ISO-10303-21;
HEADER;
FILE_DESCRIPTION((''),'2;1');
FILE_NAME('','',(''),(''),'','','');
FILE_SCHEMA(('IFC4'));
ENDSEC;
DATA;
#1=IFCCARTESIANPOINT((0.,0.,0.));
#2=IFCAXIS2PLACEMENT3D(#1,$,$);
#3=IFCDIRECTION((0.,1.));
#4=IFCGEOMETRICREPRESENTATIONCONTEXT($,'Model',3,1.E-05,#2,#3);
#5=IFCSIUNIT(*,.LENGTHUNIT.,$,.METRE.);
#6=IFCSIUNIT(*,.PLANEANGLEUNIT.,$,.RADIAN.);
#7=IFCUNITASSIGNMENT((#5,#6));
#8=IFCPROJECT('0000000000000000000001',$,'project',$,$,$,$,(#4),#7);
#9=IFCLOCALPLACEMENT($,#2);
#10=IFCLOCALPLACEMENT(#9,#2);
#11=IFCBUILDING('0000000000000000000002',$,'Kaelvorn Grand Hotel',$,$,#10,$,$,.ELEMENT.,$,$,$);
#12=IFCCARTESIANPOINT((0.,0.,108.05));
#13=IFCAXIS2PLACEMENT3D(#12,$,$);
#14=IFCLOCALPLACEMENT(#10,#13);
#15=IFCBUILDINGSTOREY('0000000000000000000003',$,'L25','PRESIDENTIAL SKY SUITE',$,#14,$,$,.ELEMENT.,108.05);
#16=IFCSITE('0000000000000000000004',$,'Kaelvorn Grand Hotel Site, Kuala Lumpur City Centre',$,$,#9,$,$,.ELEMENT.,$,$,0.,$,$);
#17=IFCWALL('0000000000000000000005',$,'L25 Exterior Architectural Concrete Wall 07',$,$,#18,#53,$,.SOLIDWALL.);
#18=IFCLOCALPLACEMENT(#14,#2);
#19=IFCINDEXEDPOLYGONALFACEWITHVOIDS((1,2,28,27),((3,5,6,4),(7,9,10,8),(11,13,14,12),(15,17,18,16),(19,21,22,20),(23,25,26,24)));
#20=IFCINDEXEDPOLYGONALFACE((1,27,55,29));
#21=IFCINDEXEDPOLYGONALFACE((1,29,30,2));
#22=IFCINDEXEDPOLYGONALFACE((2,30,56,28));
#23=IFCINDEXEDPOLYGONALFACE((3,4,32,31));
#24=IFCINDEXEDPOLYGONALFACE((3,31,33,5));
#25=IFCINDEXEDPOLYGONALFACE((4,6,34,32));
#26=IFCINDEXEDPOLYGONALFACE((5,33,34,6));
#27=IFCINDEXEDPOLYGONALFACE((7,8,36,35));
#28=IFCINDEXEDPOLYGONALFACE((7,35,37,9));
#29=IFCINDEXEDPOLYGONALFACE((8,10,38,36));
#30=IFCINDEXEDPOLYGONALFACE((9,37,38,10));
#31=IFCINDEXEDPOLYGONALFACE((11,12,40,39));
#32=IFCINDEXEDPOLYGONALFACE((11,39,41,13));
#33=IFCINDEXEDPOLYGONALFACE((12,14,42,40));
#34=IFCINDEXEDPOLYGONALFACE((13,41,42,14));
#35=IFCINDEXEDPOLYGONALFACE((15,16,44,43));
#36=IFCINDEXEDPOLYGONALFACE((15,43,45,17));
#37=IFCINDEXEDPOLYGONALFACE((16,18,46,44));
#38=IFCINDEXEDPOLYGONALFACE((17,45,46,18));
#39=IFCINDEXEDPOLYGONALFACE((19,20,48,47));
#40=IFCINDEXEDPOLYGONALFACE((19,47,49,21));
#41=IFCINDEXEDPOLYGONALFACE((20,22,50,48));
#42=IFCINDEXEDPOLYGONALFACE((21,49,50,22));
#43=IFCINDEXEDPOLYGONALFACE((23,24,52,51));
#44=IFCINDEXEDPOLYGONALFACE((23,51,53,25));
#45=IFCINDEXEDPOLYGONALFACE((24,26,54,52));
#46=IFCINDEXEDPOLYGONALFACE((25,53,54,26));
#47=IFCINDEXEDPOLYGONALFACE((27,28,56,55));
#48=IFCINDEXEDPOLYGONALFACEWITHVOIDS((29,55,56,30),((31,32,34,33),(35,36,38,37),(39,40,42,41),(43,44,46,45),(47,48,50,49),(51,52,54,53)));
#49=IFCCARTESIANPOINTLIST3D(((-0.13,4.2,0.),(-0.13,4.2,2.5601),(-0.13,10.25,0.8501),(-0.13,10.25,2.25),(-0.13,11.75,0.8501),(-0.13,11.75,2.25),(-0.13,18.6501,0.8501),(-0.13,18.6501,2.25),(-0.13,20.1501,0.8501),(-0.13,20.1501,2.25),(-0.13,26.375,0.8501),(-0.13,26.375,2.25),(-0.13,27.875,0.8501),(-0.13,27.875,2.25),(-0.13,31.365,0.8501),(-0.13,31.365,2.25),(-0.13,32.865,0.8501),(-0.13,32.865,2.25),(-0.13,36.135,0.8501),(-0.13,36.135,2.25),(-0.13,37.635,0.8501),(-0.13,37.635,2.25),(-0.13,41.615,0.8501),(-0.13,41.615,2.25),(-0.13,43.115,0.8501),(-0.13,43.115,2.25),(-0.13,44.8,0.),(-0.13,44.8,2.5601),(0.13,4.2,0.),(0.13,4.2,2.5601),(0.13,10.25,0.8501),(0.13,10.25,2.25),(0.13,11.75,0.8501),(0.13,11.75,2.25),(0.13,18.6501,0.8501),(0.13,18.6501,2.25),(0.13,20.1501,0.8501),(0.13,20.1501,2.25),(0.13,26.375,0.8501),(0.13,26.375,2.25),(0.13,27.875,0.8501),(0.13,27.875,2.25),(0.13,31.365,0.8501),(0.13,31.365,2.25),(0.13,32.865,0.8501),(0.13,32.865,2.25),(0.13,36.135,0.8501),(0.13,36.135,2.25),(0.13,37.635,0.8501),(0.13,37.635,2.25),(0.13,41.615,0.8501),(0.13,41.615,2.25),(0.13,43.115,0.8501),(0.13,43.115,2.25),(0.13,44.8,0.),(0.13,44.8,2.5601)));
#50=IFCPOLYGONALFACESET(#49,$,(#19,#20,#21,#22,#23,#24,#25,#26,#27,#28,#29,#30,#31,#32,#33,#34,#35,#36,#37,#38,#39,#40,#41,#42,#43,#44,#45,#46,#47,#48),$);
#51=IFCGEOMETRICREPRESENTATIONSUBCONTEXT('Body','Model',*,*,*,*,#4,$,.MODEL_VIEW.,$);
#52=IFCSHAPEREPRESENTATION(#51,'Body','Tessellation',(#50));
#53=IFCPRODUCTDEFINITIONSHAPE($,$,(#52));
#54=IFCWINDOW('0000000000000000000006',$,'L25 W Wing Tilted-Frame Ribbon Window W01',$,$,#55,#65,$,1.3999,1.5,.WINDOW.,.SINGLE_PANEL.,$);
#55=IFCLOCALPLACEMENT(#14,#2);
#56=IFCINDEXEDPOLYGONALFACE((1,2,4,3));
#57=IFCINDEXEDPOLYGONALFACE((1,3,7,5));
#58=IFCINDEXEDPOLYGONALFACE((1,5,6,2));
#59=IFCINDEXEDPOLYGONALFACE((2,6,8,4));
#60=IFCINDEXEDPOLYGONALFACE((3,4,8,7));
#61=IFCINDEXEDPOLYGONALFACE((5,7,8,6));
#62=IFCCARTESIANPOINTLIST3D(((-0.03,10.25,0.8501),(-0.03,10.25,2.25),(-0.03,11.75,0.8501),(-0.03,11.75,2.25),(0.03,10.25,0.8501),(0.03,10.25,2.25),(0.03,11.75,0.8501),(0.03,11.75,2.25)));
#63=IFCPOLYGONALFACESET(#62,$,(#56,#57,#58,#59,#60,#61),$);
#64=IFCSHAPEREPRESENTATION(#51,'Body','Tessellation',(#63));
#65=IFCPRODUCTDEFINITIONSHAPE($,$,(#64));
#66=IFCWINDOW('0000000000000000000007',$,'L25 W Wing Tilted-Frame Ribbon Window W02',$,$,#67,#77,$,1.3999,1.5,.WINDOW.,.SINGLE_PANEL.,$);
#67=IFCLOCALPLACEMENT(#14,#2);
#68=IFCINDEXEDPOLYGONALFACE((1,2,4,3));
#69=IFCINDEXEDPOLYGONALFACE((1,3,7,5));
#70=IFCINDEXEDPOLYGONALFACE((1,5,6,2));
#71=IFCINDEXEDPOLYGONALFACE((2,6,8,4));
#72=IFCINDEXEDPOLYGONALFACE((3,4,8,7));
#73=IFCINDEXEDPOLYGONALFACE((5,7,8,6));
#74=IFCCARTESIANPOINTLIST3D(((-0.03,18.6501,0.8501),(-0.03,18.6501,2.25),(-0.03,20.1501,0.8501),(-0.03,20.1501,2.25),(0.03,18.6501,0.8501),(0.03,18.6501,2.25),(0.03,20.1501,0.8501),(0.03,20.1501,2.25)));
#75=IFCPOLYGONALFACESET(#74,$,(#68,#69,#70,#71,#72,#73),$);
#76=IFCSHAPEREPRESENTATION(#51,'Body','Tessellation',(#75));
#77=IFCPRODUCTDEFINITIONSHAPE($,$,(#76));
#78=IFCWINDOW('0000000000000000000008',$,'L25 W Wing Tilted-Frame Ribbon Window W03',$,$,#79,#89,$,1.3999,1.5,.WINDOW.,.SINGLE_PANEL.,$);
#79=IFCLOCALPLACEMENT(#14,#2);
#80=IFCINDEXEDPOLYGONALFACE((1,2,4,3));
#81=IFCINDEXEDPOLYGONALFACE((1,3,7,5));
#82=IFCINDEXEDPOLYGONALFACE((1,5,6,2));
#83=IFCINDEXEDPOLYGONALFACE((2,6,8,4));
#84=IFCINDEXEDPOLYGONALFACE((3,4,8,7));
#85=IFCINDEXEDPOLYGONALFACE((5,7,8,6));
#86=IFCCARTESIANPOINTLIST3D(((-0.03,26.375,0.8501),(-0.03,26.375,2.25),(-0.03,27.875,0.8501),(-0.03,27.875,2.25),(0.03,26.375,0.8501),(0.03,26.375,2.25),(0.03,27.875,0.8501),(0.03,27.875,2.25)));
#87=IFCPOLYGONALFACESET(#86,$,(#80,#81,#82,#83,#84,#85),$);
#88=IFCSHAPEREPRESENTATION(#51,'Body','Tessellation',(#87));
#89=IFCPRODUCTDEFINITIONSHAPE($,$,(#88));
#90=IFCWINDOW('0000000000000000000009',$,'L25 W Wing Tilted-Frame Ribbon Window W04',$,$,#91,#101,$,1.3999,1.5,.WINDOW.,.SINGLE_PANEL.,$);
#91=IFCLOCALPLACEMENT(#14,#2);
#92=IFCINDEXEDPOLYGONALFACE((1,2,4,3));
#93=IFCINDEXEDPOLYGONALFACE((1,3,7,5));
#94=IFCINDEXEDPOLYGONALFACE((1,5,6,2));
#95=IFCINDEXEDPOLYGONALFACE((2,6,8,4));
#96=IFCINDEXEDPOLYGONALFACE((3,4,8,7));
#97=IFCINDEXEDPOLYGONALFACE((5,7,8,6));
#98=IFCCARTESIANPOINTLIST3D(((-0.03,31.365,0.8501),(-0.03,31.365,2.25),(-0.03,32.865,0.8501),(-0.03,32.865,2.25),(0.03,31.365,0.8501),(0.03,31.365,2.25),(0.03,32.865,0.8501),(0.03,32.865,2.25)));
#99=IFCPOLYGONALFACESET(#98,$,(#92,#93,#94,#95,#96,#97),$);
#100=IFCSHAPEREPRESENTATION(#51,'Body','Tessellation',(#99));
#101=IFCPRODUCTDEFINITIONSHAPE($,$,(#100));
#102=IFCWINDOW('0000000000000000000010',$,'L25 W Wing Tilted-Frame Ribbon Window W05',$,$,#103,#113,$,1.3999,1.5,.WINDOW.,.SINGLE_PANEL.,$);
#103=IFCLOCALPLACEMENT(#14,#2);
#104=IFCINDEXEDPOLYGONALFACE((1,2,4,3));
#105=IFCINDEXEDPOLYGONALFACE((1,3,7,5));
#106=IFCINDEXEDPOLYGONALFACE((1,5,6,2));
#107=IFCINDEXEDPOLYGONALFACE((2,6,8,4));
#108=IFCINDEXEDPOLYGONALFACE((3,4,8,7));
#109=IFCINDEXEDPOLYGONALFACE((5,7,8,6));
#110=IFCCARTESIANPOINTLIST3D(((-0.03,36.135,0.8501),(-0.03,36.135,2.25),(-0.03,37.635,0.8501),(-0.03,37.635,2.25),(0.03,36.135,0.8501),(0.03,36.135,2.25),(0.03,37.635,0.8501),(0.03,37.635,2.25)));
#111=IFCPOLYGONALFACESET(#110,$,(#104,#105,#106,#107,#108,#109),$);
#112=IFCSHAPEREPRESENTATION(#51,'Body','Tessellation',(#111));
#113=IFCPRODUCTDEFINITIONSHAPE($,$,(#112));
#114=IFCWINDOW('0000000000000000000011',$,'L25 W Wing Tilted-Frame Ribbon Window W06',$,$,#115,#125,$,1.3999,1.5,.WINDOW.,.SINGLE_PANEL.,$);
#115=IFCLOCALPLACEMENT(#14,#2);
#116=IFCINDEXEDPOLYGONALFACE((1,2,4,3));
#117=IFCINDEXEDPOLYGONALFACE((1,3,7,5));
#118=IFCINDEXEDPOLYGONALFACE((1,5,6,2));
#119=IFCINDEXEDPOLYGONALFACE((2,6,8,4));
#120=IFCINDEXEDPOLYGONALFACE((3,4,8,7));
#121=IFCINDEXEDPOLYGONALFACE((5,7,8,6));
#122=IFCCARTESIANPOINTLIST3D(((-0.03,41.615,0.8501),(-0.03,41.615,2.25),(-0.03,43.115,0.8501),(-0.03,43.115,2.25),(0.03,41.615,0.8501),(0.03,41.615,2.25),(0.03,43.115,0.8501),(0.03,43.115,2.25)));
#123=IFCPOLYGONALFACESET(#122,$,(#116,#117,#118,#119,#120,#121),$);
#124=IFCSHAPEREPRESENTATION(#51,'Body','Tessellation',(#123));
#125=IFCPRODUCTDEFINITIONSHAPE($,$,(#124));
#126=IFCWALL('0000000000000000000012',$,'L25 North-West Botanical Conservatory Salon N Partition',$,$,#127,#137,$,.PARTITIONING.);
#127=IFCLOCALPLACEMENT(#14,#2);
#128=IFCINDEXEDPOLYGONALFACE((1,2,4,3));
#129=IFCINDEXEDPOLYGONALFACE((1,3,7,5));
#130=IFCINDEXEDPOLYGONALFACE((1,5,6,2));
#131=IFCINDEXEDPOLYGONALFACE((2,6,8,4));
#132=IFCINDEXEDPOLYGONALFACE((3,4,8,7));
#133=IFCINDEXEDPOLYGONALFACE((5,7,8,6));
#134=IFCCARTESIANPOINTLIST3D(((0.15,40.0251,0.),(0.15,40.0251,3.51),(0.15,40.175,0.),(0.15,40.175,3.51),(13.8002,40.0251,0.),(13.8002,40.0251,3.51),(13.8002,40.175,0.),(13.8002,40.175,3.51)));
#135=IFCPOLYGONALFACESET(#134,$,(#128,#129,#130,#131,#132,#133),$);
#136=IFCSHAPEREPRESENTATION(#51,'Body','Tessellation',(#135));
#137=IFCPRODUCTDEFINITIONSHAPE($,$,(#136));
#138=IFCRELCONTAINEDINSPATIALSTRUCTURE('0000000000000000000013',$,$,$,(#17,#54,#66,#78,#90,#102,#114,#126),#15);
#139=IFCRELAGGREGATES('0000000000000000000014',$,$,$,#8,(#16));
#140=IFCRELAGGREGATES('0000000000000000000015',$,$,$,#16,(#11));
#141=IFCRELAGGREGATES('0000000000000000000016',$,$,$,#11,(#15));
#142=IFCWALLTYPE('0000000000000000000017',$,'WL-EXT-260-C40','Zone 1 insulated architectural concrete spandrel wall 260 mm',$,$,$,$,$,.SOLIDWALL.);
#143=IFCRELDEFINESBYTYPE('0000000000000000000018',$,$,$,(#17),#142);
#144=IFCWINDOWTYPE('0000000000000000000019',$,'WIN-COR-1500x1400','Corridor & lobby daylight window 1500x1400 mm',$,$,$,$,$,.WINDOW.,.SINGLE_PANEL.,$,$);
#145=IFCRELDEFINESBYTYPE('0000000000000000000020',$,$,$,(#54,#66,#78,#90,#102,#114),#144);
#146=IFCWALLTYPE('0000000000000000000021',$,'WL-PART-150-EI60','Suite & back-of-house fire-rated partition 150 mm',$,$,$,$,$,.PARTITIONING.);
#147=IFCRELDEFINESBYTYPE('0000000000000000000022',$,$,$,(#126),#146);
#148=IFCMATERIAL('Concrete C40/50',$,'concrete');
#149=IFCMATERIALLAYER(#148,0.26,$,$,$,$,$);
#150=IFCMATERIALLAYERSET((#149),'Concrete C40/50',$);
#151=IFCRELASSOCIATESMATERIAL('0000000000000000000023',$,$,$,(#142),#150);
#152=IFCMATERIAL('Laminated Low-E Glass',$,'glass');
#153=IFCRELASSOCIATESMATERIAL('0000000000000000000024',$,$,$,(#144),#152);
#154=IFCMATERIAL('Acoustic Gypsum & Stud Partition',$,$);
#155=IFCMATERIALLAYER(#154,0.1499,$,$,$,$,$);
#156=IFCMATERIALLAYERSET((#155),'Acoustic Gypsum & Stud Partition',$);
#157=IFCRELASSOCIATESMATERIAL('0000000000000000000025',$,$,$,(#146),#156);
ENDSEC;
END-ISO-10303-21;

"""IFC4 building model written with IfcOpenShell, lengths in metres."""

from ifc_helpers import new_model, si_unit, direction, frame, frame_2d, origin, place, context, subcontext, project, spatial, rectangle, extrude, material, layer, layer_set, type_object, element, fill, save


model = new_model("IFC4")

# Units and contexts
model_context = context("Model", 3, precision=1e-05, world=origin(), true_north=direction((0.0, 1.0)))
body_context = subcontext(model_context, "Body", "Model", "MODEL_VIEW")
ifc_project = project(units=[si_unit("LENGTHUNIT", "METRE"), si_unit("PLANEANGLEUNIT", "RADIAN")], contexts=[model_context])

# Site, building, storey
site_placement = place(None, origin())
site = spatial("IfcSite", under=ifc_project, at=site_placement, Name="Kaelvorn Grand Hotel Site, Kuala Lumpur City Centre", CompositionType="ELEMENT", RefElevation=0.0)
building_placement = place(site_placement, origin())
building = spatial("IfcBuilding", under=site, at=building_placement, Name="Kaelvorn Grand Hotel", CompositionType="ELEMENT")
storey_placement = place(building_placement, frame((0.0, 0.0, 108.05)))
storey = spatial("IfcBuildingStorey", under=building, at=storey_placement, Name="L25", Description="PRESIDENTIAL SKY SUITE", CompositionType="ELEMENT", Elevation=108.05)

# Shared definitions
ifc_material_1 = material(Name="Concrete C40/50", Category="concrete")
ifc_layer_1 = layer(ifc_material_1, 0.26)
ifc_layer_set_1 = layer_set([ifc_layer_1], Name="Concrete C40/50")
wall_type_1 = type_object("IfcWallType", Name="WL-EXT-260-C40", Description="Zone 1 insulated architectural concrete spandrel wall 260 mm", PredefinedType="SOLIDWALL", material=ifc_layer_set_1)

# Wall, openings, windows
wall_1_placement = place(storey_placement, frame((0.0, 44.8, 0.0), z_axis=(0.0, 0.0, 1.0), x_axis=(0.0, -1.0, 0.0)))
wall_1 = element("IfcWall", 1, at=wall_1_placement, inside=storey, type_object=wall_type_1, Name="L25 Exterior Architectural Concrete Wall 07", PredefinedType="SOLIDWALL", context=body_context, shape_type="SweptSolid", body=[
    extrude(rectangle(XDim=40.6001, YDim=0.26, at=frame_2d((20.3, 0.0))), origin(), (0.0, 0.0, 1.0), 2.5601),
])
opening_1_placement = place(wall_1_placement, frame((33.05, 0.0, 0.8501)))
opening_1 = element("IfcOpeningElement", 2, at=opening_1_placement, cuts=wall_1, PredefinedType="OPENING", context=body_context, shape_type="SweptSolid", body=[
    extrude(rectangle(XDim=1.5, YDim=1.3999, at=frame_2d((0.75, 0.7))), frame((0.0, 0.1401, 0.0), z_axis=(0.0, -1.0, 0.0), x_axis=(1.0, 0.0, 0.0)), (0.0, 0.0, 1.0), 0.28),
])
opening_2_placement = place(wall_1_placement, frame((24.6499, 0.0, 0.8501)))
opening_2 = element("IfcOpeningElement", 3, at=opening_2_placement, cuts=wall_1, PredefinedType="OPENING", context=body_context, shape_type="SweptSolid", body=[
    extrude(rectangle(XDim=1.5, YDim=1.3999, at=frame_2d((0.75, 0.7))), frame((0.0, 0.1401, 0.0), z_axis=(0.0, -1.0, 0.0), x_axis=(1.0, 0.0, 0.0)), (0.0, 0.0, 1.0), 0.28),
])
opening_3_placement = place(wall_1_placement, frame((16.925, 0.0, 0.8501)))
opening_3 = element("IfcOpeningElement", 4, at=opening_3_placement, cuts=wall_1, PredefinedType="OPENING", context=body_context, shape_type="SweptSolid", body=[
    extrude(rectangle(XDim=1.5, YDim=1.3999, at=frame_2d((0.75, 0.7))), frame((0.0, 0.1401, 0.0), z_axis=(0.0, -1.0, 0.0), x_axis=(1.0, 0.0, 0.0)), (0.0, 0.0, 1.0), 0.28),
])
opening_4_placement = place(wall_1_placement, frame((11.9351, 0.0, 0.8501)))
opening_4 = element("IfcOpeningElement", 5, at=opening_4_placement, cuts=wall_1, PredefinedType="OPENING", context=body_context, shape_type="SweptSolid", body=[
    extrude(rectangle(XDim=1.5, YDim=1.3999, at=frame_2d((0.75, 0.7))), frame((0.0, 0.1401, 0.0), z_axis=(0.0, -1.0, 0.0), x_axis=(1.0, 0.0, 0.0)), (0.0, 0.0, 1.0), 0.28),
])
opening_5_placement = place(wall_1_placement, frame((7.165, 0.0, 0.8501)))
opening_5 = element("IfcOpeningElement", 6, at=opening_5_placement, cuts=wall_1, PredefinedType="OPENING", context=body_context, shape_type="SweptSolid", body=[
    extrude(rectangle(XDim=1.5, YDim=1.3999, at=frame_2d((0.75, 0.7))), frame((0.0, 0.1401, 0.0), z_axis=(0.0, -1.0, 0.0), x_axis=(1.0, 0.0, 0.0)), (0.0, 0.0, 1.0), 0.28),
])
opening_6_placement = place(wall_1_placement, frame((1.6851, 0.0, 0.8501)))
opening_6 = element("IfcOpeningElement", 7, at=opening_6_placement, cuts=wall_1, PredefinedType="OPENING", context=body_context, shape_type="SweptSolid", body=[
    extrude(rectangle(XDim=1.5, YDim=1.3999, at=frame_2d((0.75, 0.7))), frame((0.0, 0.1401, 0.0), z_axis=(0.0, -1.0, 0.0), x_axis=(1.0, 0.0, 0.0)), (0.0, 0.0, 1.0), 0.28),
])
ifc_material_2 = material(Name="Laminated Low-E Glass", Category="glass")
window_type = type_object("IfcWindowType", Name="WIN-COR-1500x1400", Description="Corridor & lobby daylight window 1500x1400 mm", PartitioningType="SINGLE_PANEL", PredefinedType="WINDOW", material=ifc_material_2)
window_1_placement = place(opening_1_placement, origin())
window_1 = element("IfcWindow", 8, at=window_1_placement, inside=storey, type_object=window_type, Name="L25 W Wing Tilted-Frame Ribbon Window W01", OverallHeight=1.3999, OverallWidth=1.5, PartitioningType="SINGLE_PANEL", PredefinedType="WINDOW", context=body_context, shape_type="SweptSolid", body=[
    extrude(rectangle(XDim=1.5, YDim=1.3999, at=frame_2d((0.75, 0.7))), frame((0.0, 0.03, 0.0), z_axis=(0.0, -1.0, 0.0), x_axis=(1.0, 0.0, 0.0)), (0.0, 0.0, 1.0), 0.0601),
])
fill(opening_1, window_1)
window_2_placement = place(opening_2_placement, origin())
window_2 = element("IfcWindow", 9, at=window_2_placement, inside=storey, type_object=window_type, Name="L25 W Wing Tilted-Frame Ribbon Window W02", OverallHeight=1.3999, OverallWidth=1.5, PartitioningType="SINGLE_PANEL", PredefinedType="WINDOW", context=body_context, shape_type="SweptSolid", body=[
    extrude(rectangle(XDim=1.5, YDim=1.3999, at=frame_2d((0.75, 0.7))), frame((0.0, 0.03, 0.0), z_axis=(0.0, -1.0, 0.0), x_axis=(1.0, 0.0, 0.0)), (0.0, 0.0, 1.0), 0.0601),
])
fill(opening_2, window_2)
window_3_placement = place(opening_3_placement, origin())
window_3 = element("IfcWindow", 10, at=window_3_placement, inside=storey, type_object=window_type, Name="L25 W Wing Tilted-Frame Ribbon Window W03", OverallHeight=1.3999, OverallWidth=1.5, PartitioningType="SINGLE_PANEL", PredefinedType="WINDOW", context=body_context, shape_type="SweptSolid", body=[
    extrude(rectangle(XDim=1.5, YDim=1.3999, at=frame_2d((0.75, 0.7))), frame((0.0, 0.03, 0.0), z_axis=(0.0, -1.0, 0.0), x_axis=(1.0, 0.0, 0.0)), (0.0, 0.0, 1.0), 0.0601),
])
fill(opening_3, window_3)
window_4_placement = place(opening_4_placement, origin())
window_4 = element("IfcWindow", 11, at=window_4_placement, inside=storey, type_object=window_type, Name="L25 W Wing Tilted-Frame Ribbon Window W04", OverallHeight=1.3999, OverallWidth=1.5, PartitioningType="SINGLE_PANEL", PredefinedType="WINDOW", context=body_context, shape_type="SweptSolid", body=[
    extrude(rectangle(XDim=1.5, YDim=1.3999, at=frame_2d((0.75, 0.7))), frame((0.0, 0.03, 0.0), z_axis=(0.0, -1.0, 0.0), x_axis=(1.0, 0.0, 0.0)), (0.0, 0.0, 1.0), 0.0601),
])
fill(opening_4, window_4)
window_5_placement = place(opening_5_placement, origin())
window_5 = element("IfcWindow", 12, at=window_5_placement, inside=storey, type_object=window_type, Name="L25 W Wing Tilted-Frame Ribbon Window W05", OverallHeight=1.3999, OverallWidth=1.5, PartitioningType="SINGLE_PANEL", PredefinedType="WINDOW", context=body_context, shape_type="SweptSolid", body=[
    extrude(rectangle(XDim=1.5, YDim=1.3999, at=frame_2d((0.75, 0.7))), frame((0.0, 0.03, 0.0), z_axis=(0.0, -1.0, 0.0), x_axis=(1.0, 0.0, 0.0)), (0.0, 0.0, 1.0), 0.0601),
])
fill(opening_5, window_5)
window_6_placement = place(opening_6_placement, origin())
window_6 = element("IfcWindow", 13, at=window_6_placement, inside=storey, type_object=window_type, Name="L25 W Wing Tilted-Frame Ribbon Window W06", OverallHeight=1.3999, OverallWidth=1.5, PartitioningType="SINGLE_PANEL", PredefinedType="WINDOW", context=body_context, shape_type="SweptSolid", body=[
    extrude(rectangle(XDim=1.5, YDim=1.3999, at=frame_2d((0.75, 0.7))), frame((0.0, 0.03, 0.0), z_axis=(0.0, -1.0, 0.0), x_axis=(1.0, 0.0, 0.0)), (0.0, 0.0, 1.0), 0.0601),
])
fill(opening_6, window_6)

# Wall
ifc_material_3 = material(Name="Acoustic Gypsum & Stud Partition")
ifc_layer_2 = layer(ifc_material_3, 0.1499)
ifc_layer_set_2 = layer_set([ifc_layer_2], Name="Acoustic Gypsum & Stud Partition")
wall_type_2 = type_object("IfcWallType", Name="WL-PART-150-EI60", Description="Suite & back-of-house fire-rated partition 150 mm", PredefinedType="PARTITIONING", material=ifc_layer_set_2)
wall_2_placement = place(storey_placement, frame((0.1499, 40.1001, 0.0), z_axis=(0.0, 0.0, 1.0), x_axis=(1.0, 0.0, 0.0)))
element("IfcWall", 14, at=wall_2_placement, inside=storey, type_object=wall_type_2, Name="L25 North-West Botanical Conservatory Salon N Partition", PredefinedType="PARTITIONING", context=body_context, shape_type="SweptSolid", body=[
    extrude(rectangle(XDim=13.6501, YDim=0.1499, at=frame_2d((6.8252, 0.0))), origin(), (0.0, 0.0, 1.0), 3.51),
])

save(model, "model.ifc")
